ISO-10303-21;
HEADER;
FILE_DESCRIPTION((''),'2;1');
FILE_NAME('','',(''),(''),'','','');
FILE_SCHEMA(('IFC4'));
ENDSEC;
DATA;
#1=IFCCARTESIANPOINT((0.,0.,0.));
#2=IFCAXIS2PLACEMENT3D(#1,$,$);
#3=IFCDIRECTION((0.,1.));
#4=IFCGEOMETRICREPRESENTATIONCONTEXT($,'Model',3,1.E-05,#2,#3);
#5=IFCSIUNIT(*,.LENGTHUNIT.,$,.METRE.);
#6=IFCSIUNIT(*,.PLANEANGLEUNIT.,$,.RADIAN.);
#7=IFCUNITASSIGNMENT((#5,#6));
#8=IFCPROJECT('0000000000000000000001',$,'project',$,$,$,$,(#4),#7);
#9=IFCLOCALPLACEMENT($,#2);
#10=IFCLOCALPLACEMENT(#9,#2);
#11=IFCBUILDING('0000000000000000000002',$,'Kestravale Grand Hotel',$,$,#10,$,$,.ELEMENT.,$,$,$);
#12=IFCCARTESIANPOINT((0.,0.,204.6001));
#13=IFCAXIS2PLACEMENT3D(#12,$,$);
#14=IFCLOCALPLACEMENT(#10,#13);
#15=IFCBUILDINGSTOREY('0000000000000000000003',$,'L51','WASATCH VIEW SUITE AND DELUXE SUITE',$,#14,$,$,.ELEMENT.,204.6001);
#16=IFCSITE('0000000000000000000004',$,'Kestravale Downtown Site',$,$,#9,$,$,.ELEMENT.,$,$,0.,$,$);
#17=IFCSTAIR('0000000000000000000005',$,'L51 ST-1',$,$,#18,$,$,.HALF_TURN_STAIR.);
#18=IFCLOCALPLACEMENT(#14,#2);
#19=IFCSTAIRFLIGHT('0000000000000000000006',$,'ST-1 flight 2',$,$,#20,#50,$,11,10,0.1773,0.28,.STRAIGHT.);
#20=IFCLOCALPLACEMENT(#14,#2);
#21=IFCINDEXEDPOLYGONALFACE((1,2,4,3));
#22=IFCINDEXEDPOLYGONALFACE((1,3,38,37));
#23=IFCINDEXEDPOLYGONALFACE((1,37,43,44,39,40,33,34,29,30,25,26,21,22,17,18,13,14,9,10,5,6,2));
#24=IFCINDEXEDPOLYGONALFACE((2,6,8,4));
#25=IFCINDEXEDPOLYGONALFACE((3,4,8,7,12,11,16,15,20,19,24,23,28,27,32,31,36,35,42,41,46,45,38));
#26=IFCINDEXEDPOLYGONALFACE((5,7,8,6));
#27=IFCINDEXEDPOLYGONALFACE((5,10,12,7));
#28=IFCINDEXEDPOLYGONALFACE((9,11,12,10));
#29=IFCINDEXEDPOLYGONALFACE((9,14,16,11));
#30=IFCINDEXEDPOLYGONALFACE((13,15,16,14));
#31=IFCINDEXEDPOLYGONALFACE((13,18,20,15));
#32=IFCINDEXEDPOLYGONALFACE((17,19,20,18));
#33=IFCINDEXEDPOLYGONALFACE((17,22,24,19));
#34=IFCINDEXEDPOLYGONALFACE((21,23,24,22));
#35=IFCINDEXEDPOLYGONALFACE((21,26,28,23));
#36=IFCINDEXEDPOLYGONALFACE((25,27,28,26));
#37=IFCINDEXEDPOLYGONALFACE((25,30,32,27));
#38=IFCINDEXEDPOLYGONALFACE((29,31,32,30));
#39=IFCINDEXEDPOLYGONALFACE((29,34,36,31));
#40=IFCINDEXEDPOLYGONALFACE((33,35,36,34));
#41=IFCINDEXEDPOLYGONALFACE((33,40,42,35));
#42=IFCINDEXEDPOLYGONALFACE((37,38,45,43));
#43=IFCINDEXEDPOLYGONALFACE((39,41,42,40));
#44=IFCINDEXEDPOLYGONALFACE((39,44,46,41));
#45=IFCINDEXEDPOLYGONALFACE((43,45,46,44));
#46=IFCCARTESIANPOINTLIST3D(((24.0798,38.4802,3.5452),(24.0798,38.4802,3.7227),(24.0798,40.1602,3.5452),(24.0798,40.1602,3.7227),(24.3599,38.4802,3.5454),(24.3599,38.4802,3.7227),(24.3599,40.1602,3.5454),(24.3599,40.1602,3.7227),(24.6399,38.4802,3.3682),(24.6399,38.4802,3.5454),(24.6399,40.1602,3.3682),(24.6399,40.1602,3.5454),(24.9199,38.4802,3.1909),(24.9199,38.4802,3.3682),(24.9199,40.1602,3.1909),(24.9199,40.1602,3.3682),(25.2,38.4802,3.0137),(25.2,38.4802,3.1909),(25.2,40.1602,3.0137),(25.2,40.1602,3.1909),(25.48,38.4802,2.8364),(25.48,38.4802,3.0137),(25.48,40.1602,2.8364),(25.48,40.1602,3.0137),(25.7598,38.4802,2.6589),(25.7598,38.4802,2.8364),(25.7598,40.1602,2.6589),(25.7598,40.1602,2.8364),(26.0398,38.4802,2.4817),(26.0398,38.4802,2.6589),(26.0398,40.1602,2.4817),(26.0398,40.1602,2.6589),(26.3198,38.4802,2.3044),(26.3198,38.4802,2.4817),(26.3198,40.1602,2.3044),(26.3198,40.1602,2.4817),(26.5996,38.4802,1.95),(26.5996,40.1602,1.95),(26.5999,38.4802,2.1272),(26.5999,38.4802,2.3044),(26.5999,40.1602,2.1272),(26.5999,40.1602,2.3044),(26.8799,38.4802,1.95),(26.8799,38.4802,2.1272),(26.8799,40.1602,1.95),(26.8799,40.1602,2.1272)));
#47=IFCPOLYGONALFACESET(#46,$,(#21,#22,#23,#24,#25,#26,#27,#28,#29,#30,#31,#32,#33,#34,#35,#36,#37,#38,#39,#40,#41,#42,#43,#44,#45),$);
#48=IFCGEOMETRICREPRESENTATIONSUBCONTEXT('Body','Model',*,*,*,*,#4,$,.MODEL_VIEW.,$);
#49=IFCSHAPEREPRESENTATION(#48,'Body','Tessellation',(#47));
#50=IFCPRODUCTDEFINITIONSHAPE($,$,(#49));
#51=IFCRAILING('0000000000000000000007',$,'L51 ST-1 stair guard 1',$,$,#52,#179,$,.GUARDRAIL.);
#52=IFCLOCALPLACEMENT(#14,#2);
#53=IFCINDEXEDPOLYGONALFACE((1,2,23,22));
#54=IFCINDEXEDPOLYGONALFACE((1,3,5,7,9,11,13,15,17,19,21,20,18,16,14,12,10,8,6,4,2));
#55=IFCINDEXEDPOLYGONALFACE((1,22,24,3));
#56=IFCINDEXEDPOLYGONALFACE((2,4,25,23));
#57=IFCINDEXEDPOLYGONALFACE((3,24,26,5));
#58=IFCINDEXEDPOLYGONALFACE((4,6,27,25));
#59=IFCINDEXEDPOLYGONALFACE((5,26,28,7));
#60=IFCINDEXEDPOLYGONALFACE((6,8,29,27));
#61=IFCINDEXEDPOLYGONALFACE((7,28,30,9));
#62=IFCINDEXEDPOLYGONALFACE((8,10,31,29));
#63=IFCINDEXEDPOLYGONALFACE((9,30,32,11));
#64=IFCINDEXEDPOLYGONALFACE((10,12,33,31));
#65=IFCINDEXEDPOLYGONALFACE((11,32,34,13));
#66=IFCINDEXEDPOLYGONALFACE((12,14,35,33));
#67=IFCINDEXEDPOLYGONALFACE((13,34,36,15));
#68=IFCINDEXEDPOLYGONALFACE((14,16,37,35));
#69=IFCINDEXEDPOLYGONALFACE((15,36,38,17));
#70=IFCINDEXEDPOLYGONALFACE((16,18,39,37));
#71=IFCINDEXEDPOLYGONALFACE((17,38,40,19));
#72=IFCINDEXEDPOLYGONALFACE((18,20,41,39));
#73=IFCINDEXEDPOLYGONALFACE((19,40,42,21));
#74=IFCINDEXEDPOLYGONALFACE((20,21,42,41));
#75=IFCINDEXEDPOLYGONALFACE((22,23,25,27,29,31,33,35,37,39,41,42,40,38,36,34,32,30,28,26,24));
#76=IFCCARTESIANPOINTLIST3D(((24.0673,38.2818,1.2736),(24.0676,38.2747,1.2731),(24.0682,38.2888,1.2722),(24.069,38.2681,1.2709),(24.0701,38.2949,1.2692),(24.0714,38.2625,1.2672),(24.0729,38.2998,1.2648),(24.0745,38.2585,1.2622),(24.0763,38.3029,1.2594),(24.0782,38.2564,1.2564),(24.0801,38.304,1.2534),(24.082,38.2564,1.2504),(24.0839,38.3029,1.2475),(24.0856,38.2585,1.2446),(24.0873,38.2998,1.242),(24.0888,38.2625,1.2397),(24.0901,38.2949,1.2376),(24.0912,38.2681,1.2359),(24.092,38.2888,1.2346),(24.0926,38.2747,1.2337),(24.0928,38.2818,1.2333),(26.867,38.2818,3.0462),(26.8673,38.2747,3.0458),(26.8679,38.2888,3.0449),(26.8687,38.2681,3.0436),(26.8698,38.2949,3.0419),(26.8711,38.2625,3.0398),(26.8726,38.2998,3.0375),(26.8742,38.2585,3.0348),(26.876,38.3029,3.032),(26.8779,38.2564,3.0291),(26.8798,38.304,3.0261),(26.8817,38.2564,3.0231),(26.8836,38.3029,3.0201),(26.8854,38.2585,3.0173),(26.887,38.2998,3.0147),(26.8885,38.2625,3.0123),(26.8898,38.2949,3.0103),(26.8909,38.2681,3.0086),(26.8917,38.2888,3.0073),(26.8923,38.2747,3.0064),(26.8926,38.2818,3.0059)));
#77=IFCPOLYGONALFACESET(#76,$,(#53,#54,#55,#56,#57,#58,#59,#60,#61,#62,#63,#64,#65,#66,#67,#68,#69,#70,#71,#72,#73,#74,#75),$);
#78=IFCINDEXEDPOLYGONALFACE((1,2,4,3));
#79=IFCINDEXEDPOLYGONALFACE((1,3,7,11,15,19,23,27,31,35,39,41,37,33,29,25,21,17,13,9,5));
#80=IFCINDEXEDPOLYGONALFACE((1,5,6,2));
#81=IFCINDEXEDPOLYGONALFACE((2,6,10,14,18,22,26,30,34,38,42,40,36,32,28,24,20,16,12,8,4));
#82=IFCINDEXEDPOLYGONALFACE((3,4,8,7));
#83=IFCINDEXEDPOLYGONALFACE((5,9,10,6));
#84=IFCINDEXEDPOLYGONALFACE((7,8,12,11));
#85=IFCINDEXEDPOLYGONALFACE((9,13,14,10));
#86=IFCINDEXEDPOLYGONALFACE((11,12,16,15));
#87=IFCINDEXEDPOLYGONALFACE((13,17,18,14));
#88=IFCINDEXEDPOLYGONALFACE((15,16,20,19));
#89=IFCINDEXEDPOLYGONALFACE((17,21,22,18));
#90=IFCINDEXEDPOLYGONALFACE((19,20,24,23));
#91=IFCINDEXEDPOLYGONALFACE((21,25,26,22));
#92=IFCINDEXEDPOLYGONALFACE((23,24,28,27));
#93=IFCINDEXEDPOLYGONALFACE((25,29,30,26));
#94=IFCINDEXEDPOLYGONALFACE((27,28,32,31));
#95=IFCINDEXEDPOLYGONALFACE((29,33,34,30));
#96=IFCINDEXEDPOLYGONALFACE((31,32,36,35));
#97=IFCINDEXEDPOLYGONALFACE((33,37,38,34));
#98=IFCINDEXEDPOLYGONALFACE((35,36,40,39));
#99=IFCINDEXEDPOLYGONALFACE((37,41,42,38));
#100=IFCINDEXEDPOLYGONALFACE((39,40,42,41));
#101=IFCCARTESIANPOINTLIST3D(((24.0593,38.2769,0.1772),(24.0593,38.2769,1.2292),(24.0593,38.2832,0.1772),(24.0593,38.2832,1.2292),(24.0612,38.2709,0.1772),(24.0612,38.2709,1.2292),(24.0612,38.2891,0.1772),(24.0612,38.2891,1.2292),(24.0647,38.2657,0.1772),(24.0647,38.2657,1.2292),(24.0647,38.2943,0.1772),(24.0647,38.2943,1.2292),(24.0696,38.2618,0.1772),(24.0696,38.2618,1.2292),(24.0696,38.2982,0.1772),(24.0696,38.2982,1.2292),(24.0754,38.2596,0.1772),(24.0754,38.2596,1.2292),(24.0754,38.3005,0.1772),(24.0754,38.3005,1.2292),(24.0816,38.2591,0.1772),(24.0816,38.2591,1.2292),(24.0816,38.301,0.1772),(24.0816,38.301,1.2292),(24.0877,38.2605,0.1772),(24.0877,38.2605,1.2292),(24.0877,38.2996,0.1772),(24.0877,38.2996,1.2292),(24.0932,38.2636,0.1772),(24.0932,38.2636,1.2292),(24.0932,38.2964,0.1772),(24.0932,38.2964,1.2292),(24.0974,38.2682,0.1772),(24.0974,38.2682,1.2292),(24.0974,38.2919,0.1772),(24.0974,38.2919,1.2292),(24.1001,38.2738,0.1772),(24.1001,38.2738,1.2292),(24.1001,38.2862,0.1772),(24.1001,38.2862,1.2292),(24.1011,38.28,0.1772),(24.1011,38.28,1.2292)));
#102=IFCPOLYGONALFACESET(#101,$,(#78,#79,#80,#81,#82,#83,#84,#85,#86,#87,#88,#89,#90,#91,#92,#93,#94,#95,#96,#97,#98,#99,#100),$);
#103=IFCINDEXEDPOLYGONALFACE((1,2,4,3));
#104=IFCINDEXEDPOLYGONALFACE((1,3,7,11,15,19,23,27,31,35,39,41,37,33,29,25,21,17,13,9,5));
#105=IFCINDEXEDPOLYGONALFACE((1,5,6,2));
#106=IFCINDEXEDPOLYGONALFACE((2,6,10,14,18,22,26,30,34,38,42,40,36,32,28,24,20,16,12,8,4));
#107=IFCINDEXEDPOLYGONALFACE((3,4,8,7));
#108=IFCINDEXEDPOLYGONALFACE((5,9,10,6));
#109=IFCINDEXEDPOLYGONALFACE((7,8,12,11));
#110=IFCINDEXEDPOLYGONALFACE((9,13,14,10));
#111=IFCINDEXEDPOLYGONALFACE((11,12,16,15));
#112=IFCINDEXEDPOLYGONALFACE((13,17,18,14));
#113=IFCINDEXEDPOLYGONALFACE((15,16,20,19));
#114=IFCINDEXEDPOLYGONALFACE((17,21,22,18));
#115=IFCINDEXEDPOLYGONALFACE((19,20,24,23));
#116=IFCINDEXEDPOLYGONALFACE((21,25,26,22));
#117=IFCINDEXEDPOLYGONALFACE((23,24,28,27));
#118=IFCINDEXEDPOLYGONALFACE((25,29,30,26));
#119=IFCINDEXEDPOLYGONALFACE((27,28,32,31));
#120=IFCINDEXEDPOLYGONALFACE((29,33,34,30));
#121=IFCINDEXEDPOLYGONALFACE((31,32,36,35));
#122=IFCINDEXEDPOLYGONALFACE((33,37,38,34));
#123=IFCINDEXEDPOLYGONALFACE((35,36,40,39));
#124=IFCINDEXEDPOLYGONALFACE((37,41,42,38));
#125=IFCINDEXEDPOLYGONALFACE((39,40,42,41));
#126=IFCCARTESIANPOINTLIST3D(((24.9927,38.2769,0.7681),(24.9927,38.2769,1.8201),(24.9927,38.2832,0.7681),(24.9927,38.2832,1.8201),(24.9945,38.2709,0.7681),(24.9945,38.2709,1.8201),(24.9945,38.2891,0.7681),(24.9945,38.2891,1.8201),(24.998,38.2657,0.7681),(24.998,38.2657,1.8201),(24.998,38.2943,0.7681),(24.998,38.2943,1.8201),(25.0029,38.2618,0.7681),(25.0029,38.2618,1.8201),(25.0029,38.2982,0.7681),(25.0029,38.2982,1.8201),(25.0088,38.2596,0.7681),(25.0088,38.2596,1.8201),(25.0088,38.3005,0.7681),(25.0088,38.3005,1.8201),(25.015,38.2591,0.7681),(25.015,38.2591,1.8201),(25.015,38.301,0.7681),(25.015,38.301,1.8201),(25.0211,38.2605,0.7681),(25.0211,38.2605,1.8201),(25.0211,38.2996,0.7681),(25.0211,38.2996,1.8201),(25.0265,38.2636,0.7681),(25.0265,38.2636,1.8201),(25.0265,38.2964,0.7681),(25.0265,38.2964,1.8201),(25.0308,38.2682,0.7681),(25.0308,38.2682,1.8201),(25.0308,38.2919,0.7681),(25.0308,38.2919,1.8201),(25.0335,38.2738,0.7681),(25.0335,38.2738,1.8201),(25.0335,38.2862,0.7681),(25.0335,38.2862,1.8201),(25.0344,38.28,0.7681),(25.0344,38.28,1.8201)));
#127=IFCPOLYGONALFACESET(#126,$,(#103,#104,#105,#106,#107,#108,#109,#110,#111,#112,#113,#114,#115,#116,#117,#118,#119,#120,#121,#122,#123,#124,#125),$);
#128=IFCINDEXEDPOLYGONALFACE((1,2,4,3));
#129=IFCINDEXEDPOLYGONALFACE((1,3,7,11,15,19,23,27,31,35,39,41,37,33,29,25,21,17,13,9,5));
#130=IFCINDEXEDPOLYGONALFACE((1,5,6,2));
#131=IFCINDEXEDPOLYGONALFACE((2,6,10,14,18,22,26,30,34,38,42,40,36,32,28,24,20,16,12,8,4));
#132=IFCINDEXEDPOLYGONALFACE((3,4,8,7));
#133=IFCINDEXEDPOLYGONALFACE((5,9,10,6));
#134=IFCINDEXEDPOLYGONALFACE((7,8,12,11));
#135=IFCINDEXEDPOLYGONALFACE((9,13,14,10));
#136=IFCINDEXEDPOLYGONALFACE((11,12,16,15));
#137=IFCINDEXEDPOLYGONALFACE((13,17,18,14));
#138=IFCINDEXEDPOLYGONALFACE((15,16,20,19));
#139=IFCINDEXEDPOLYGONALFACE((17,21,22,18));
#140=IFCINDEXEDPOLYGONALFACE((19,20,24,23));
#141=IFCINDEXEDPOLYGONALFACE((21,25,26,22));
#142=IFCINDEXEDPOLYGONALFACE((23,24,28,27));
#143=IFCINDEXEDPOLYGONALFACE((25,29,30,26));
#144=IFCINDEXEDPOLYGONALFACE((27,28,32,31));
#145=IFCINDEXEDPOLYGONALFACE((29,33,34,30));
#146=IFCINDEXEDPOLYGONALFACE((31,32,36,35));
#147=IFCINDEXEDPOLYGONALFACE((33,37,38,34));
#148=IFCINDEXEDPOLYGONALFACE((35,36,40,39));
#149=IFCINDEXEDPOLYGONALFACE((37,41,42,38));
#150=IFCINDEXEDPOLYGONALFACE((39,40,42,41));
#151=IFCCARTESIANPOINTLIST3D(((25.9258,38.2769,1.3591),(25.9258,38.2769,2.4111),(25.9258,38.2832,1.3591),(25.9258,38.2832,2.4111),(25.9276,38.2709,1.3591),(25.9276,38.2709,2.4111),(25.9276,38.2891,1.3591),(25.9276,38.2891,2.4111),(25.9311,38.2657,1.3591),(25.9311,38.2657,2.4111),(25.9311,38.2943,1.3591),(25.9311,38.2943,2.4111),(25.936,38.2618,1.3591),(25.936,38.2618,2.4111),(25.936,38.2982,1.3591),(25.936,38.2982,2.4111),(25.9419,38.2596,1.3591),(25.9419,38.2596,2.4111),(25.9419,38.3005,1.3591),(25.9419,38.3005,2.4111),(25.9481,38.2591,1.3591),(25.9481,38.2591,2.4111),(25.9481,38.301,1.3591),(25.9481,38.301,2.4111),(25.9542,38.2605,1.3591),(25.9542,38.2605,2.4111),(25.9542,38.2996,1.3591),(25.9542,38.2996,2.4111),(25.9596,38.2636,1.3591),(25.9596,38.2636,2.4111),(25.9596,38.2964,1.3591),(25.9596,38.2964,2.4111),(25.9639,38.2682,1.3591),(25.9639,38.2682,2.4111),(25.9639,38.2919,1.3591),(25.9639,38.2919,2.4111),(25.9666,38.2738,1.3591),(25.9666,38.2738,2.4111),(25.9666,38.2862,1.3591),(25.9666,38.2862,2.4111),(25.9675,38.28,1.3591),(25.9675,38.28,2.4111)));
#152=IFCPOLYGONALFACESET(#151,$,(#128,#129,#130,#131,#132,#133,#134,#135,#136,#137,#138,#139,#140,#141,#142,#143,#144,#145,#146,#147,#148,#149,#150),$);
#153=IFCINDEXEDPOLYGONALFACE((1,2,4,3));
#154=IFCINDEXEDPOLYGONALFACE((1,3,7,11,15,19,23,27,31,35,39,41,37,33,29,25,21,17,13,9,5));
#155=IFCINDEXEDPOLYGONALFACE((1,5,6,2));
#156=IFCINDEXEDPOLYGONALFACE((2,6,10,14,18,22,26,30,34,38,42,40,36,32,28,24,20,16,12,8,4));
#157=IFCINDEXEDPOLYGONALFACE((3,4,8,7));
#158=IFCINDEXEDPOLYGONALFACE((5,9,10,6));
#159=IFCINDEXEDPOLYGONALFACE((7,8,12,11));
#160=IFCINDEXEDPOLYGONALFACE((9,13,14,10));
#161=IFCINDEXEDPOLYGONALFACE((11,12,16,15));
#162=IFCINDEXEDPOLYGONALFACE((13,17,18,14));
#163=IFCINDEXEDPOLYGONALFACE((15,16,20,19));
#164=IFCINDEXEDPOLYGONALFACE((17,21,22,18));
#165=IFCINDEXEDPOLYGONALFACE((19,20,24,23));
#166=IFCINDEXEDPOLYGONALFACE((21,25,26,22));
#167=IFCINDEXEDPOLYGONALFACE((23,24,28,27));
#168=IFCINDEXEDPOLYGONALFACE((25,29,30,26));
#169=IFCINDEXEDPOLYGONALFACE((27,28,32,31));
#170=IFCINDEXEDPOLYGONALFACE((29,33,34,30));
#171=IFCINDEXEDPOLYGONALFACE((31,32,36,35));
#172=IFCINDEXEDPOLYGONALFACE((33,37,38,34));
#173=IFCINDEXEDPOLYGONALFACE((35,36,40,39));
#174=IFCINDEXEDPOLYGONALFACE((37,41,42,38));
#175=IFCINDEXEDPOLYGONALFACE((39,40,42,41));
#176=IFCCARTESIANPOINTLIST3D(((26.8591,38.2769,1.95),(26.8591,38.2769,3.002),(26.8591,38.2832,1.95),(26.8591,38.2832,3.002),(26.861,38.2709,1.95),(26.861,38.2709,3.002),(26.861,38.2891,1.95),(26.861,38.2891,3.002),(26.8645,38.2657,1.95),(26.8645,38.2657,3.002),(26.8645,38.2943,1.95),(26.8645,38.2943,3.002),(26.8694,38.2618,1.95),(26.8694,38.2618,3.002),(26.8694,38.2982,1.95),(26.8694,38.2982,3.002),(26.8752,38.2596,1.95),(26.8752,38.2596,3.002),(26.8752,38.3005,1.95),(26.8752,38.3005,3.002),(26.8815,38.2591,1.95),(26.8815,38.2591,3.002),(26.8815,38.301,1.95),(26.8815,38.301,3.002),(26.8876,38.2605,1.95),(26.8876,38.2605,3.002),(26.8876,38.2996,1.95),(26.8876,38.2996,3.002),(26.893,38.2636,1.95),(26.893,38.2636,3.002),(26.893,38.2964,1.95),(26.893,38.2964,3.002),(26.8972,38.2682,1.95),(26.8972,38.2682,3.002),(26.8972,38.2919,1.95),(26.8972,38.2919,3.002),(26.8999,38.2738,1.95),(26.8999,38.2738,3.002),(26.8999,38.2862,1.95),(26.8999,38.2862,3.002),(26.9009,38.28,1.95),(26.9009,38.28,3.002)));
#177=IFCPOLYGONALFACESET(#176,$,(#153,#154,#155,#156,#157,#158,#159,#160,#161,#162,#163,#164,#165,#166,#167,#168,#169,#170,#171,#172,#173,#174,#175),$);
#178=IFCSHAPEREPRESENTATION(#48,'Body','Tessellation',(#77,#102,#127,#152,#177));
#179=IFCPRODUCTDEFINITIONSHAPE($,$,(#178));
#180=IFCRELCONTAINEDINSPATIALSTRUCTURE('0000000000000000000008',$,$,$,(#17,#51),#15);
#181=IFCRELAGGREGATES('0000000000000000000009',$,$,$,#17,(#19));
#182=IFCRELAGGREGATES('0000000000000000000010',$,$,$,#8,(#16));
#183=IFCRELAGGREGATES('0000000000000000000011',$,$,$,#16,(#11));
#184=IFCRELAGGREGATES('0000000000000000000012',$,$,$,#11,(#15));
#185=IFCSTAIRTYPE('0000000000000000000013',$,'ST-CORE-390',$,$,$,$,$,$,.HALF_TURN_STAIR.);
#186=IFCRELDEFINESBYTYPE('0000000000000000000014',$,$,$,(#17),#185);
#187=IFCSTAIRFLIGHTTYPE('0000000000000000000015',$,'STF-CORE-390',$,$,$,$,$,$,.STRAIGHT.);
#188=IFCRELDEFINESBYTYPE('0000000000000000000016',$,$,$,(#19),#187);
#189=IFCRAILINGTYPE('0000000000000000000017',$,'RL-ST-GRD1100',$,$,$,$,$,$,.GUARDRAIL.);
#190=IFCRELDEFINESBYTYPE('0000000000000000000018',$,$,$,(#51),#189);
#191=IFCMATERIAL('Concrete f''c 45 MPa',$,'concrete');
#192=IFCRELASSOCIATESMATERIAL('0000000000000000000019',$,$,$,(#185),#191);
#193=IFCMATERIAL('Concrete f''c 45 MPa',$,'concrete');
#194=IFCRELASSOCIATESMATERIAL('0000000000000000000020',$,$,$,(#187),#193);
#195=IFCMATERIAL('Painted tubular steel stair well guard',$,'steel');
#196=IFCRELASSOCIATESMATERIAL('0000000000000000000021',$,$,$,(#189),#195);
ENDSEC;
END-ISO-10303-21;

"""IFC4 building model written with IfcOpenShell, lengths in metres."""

from ifc_helpers import new_model, si_unit, direction, frame, origin, origin_2d, place, context, subcontext, project, spatial, polyline, circle, outline, extrude, material, type_object, element, aggregate, save


model = new_model("IFC4")

# Units and contexts
model_context = context("Model", 3, precision=1e-05, world=origin(), true_north=direction((0.0, 1.0)))
body_context = subcontext(model_context, "Body", "Model", "MODEL_VIEW")
ifc_project = project(units=[si_unit("LENGTHUNIT", "METRE"), si_unit("PLANEANGLEUNIT", "RADIAN")], contexts=[model_context])

# Site, building, storey
site_placement = place(None, origin())
site = spatial("IfcSite", under=ifc_project, at=site_placement, Name="Kestravale Downtown Site", CompositionType="ELEMENT", RefElevation=0.0)
building_placement = place(site_placement, origin())
building = spatial("IfcBuilding", under=site, at=building_placement, Name="Kestravale Grand Hotel", CompositionType="ELEMENT")
storey_placement = place(building_placement, frame((0.0, 0.0, 204.6001)))
storey = spatial("IfcBuildingStorey", under=building, at=storey_placement, Name="L51", Description="WASATCH VIEW SUITE AND DELUXE SUITE", CompositionType="ELEMENT", Elevation=204.6001)

# Stair, stair flight
ifc_material_1 = material(Name="Concrete f'c 45 MPa", Category="concrete")
stair_type = type_object("IfcStairType", Name="ST-CORE-390", PredefinedType="HALF_TURN_STAIR", material=ifc_material_1)
stair_placement = place(storey_placement, origin())
stair = element("IfcStair", 1, at=stair_placement, inside=storey, type_object=stair_type, Name="L51 ST-1", PredefinedType="HALF_TURN_STAIR")
ifc_material_2 = material(Name="Concrete f'c 45 MPa", Category="concrete")
stair_flight_type = type_object("IfcStairFlightType", Name="STF-CORE-390", PredefinedType="STRAIGHT", material=ifc_material_2)
stair_flight_1_placement = place(storey_placement, frame((26.8799, 39.3201, 1.95), z_axis=(0.0, 0.0, 1.0), x_axis=(-1.0, 0.0, 0.0)))
stair_flight_1 = element("IfcStairFlight", 2, at=stair_flight_1_placement, type_object=stair_flight_type, Name="ST-1 flight 2", NumberOfRisers=11, NumberOfTreads=10, PredefinedType="STRAIGHT", RiserHeight=0.1773, TreadLength=0.28, context=body_context, shape_type="SweptSolid", body=[
    extrude(outline(polyline([(0.0, 0.0), (0.0, 0.1772), (0.28, 0.1772), (0.28, 0.3545), (0.5601, 0.3545), (0.5601, 0.5317), (0.8401, 0.5317), (0.8401, 0.709), (1.1201, 0.709), (1.1201, 0.8865), (1.3999, 0.8865), (1.3999, 1.0637), (1.6799, 1.0637), (1.6799, 1.241), (1.96, 1.241), (1.96, 1.4182), (2.24, 1.4182), (2.24, 1.5955), (2.52, 1.5955), (2.52, 1.7727), (2.8, 1.7727), (2.8, 1.95), (2.8, 1.5952), (0.2803, 0.0), (0.0, 0.0)])), frame((0.0, 0.8398, 0.0), z_axis=(0.0, -1.0, 0.0), x_axis=(1.0, 0.0, 0.0)), (0.0, 0.0, 1.0), 1.6799),
])
aggregate(stair, [stair_flight_1])

# Railing
ifc_material_3 = material(Name="Painted tubular steel stair well guard", Category="steel")
railing_type_1 = type_object("IfcRailingType", Name="RL-ST-GRD1100", PredefinedType="GUARDRAIL", material=ifc_material_3)
railing_1_placement = place(storey_placement, frame((24.0801, 38.28, 0.1772)))
element("IfcRailing", 3, at=railing_1_placement, inside=storey, type_object=railing_type_1, Name="L51 ST-1 stair guard 1", PredefinedType="GUARDRAIL", context=body_context, shape_type="SweptSolid", body=[
    extrude(circle(Radius=0.0239, at=origin_2d()), frame((0.0, 0.0, 1.0762), z_axis=(0.844888, 0.0, 0.534943), x_axis=(0.0, 1.0, 0.0)), (0.0, 0.0, 1.0), 3.3137),
    extrude(circle(Radius=0.021, at=origin_2d()), origin(), (0.0, 0.0, 1.0), 1.052),
    extrude(circle(Radius=0.021, at=origin_2d()), frame((0.9333, 0.0, 0.5908)), (0.0, 0.0, 1.0), 1.052),
    extrude(circle(Radius=0.021, at=origin_2d()), frame((1.8665, 0.0, 1.1819)), (0.0, 0.0, 1.0), 1.052),
    extrude(circle(Radius=0.021, at=origin_2d()), frame((2.7998, 0.0, 1.7727)), (0.0, 0.0, 1.0), 1.052),
])

save(model, "model.ifc")
